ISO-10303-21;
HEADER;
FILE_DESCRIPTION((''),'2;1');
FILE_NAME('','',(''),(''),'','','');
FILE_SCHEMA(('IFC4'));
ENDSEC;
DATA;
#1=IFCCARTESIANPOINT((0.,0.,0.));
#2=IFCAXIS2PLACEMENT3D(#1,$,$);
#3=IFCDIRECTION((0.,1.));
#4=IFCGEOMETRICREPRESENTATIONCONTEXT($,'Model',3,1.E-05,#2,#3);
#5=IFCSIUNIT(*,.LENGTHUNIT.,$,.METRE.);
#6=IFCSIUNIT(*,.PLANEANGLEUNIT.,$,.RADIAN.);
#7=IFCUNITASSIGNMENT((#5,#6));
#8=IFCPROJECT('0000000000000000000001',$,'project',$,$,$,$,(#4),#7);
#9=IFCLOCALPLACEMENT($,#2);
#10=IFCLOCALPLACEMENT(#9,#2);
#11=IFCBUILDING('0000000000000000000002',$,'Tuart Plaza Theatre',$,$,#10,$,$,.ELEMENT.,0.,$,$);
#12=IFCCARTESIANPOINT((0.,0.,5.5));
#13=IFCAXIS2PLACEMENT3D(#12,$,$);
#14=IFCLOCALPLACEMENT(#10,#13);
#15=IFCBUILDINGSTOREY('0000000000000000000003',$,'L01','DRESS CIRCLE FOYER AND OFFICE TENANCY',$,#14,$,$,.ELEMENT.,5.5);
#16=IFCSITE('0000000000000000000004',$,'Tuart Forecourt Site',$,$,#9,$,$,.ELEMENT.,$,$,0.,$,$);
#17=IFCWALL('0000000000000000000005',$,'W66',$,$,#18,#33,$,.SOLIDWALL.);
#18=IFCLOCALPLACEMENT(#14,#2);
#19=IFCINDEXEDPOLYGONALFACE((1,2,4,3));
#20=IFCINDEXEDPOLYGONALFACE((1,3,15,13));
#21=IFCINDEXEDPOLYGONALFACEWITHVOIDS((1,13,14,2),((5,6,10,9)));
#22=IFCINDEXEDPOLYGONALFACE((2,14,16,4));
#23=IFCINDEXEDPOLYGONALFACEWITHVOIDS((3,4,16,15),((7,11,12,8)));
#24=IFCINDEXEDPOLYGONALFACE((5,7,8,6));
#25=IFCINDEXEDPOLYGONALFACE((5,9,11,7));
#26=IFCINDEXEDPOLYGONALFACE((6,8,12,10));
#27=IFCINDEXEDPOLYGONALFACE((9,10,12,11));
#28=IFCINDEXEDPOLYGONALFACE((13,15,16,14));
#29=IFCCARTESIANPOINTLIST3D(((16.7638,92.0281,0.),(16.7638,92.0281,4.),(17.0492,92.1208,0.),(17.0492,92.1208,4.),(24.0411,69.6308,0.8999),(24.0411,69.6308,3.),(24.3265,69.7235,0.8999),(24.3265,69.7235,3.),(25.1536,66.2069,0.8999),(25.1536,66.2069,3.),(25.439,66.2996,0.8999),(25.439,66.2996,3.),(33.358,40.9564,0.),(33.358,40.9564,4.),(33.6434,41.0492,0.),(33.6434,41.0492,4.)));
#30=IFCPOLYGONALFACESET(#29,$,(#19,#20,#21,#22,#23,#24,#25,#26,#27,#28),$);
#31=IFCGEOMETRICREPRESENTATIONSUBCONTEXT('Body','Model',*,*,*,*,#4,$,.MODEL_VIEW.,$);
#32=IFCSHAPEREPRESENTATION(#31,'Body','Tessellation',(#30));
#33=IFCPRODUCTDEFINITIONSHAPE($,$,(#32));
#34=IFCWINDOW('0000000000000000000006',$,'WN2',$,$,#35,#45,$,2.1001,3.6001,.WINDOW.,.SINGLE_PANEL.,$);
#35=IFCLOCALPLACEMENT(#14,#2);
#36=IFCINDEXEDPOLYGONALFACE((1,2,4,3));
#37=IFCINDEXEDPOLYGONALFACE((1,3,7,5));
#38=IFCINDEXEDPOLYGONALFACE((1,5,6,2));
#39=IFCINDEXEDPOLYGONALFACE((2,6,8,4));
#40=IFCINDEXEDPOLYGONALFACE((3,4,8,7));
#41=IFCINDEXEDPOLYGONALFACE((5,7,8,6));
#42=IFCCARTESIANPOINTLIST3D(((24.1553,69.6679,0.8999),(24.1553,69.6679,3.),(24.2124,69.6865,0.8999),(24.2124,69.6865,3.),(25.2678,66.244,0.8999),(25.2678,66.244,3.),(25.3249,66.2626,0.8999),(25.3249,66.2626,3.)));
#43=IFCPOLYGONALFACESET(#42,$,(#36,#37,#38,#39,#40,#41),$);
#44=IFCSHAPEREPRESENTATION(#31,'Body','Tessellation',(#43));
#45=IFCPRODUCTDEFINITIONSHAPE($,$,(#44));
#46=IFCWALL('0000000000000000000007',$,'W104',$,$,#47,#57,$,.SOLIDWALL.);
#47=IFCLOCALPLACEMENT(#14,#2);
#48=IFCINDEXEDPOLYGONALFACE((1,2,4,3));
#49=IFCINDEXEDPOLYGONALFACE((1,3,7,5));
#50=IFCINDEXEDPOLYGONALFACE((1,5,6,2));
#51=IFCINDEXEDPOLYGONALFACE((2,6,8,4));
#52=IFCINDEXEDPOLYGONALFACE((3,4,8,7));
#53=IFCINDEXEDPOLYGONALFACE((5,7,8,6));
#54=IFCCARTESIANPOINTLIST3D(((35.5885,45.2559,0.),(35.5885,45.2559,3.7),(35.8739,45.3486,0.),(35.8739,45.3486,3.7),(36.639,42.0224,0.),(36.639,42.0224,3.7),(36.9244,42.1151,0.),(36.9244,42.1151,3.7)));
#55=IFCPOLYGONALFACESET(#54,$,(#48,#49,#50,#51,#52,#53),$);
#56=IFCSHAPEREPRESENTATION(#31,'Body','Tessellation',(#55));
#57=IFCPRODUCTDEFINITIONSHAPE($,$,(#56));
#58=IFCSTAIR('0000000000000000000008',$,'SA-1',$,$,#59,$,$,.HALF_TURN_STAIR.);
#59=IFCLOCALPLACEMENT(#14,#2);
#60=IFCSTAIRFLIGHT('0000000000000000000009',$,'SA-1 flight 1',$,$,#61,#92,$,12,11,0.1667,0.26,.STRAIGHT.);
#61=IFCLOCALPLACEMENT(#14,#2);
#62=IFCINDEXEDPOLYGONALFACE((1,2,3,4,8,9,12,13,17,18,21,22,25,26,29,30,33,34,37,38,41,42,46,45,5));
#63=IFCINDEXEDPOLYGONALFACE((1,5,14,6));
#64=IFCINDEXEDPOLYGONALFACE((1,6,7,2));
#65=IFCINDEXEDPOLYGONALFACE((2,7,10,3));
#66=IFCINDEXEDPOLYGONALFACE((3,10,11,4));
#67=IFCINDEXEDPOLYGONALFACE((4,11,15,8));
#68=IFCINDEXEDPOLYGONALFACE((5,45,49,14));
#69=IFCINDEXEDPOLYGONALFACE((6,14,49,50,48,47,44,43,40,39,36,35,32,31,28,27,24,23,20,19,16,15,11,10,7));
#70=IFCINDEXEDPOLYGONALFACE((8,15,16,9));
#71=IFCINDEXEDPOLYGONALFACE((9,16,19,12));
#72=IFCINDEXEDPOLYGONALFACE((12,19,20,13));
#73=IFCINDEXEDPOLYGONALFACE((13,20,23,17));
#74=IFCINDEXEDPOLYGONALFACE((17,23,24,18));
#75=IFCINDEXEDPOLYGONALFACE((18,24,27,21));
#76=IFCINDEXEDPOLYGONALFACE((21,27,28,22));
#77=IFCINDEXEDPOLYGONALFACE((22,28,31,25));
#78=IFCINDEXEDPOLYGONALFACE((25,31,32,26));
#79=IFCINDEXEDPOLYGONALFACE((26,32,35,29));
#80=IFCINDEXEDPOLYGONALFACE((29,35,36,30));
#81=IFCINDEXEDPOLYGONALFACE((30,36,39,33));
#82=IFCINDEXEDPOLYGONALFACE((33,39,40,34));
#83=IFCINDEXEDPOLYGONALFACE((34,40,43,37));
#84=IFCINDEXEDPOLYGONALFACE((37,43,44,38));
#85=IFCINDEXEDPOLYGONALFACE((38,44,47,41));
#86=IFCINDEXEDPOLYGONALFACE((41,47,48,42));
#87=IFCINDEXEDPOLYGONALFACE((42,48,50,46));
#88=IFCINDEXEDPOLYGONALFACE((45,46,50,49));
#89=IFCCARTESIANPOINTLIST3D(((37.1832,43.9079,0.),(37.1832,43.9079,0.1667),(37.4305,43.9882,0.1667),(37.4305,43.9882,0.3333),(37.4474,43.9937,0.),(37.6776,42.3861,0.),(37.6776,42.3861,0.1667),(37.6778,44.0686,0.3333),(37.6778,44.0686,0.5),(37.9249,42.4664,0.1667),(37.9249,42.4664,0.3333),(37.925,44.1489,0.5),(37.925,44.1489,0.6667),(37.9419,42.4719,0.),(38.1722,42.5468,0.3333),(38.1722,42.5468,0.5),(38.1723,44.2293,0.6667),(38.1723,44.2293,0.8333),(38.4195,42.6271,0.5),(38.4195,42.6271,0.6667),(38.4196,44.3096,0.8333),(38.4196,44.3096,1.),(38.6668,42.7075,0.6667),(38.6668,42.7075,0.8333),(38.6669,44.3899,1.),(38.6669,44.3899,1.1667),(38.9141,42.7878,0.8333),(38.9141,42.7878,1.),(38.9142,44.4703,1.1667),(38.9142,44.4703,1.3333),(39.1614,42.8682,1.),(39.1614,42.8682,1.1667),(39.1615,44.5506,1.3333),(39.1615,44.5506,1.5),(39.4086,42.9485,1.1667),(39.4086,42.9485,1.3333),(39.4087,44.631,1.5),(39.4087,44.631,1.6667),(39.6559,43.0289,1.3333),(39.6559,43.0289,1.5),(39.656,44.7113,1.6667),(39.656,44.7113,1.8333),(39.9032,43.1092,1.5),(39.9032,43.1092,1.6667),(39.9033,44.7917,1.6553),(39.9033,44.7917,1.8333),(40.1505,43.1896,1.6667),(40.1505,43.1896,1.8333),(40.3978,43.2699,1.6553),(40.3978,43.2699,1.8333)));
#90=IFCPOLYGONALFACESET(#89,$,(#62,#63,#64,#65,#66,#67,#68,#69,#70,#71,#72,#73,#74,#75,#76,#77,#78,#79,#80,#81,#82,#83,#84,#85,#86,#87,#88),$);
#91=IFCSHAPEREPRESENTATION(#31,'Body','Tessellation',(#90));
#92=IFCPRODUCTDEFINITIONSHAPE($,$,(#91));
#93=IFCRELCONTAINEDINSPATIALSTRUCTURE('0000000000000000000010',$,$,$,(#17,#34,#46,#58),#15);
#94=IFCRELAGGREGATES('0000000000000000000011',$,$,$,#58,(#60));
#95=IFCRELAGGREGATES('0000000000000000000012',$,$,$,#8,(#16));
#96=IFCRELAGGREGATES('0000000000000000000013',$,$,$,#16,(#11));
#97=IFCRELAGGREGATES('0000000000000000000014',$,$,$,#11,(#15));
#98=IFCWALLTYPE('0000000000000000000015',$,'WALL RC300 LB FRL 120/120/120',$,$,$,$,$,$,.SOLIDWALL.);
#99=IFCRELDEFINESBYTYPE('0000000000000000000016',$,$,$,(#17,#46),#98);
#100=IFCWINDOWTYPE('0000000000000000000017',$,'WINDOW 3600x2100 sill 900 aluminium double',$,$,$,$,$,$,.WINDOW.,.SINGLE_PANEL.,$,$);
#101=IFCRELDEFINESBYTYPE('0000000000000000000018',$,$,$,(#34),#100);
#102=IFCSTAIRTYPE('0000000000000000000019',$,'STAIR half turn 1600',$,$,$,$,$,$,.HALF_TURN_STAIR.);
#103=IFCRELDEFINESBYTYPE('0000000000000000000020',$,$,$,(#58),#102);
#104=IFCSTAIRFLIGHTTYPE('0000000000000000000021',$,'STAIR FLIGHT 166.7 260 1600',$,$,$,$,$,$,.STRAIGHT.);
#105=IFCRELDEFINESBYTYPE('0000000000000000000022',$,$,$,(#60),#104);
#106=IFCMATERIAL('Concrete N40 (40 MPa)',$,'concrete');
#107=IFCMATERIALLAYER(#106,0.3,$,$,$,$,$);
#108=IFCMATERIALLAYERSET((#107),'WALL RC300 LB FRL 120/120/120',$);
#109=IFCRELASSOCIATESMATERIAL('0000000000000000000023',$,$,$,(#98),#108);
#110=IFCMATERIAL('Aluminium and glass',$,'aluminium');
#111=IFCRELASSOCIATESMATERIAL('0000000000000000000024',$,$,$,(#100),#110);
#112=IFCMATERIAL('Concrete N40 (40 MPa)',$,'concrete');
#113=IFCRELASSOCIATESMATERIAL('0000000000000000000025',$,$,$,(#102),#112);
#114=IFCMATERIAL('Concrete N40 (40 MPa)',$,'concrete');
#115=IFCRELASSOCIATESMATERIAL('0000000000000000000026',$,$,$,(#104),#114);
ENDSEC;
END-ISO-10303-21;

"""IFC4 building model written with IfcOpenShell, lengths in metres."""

from ifc_helpers import new_model, si_unit, direction, frame, frame_2d, origin, place, context, subcontext, project, spatial, polyline, rectangle, outline, extrude, material, layer, layer_set, type_object, element, fill, aggregate, save


model = new_model("IFC4")

# Units and contexts
model_context = context("Model", 3, precision=1e-05, world=origin(), true_north=direction((0.0, 1.0)))
body_context = subcontext(model_context, "Body", "Model", "MODEL_VIEW")
ifc_project = project(units=[si_unit("LENGTHUNIT", "METRE"), si_unit("PLANEANGLEUNIT", "RADIAN")], contexts=[model_context])

# Site, building, storey
site_placement = place(None, origin())
site = spatial("IfcSite", under=ifc_project, at=site_placement, Name="Tuart Forecourt Site", CompositionType="ELEMENT", RefElevation=0.0)
building_placement = place(site_placement, origin())
building = spatial("IfcBuilding", under=site, at=building_placement, Name="Tuart Plaza Theatre", CompositionType="ELEMENT", ElevationOfRefHeight=0.0)
storey_placement = place(building_placement, frame((0.0, 0.0, 5.5)))
storey = spatial("IfcBuildingStorey", under=building, at=storey_placement, Name="L01", Description="DRESS CIRCLE FOYER AND OFFICE TENANCY", CompositionType="ELEMENT", Elevation=5.5)

# Wall, opening, window
ifc_material_1 = material(Name="Concrete N40 (40 MPa)", Category="concrete")
ifc_layer_1 = layer(ifc_material_1, 0.3)
ifc_layer_set_1 = layer_set([ifc_layer_1], Name="WALL RC300 LB FRL 120/120/120")
wall_type_1 = type_object("IfcWallType", Name="WALL RC300 LB FRL 120/120/120", PredefinedType="SOLIDWALL", material=ifc_layer_set_1)
wall_1_placement = place(storey_placement, frame((33.5007, 41.0027, 0.0), z_axis=(0.0, 0.0, 1.0), x_axis=(-0.309017, 0.951056, 0.0)))
wall_1 = element("IfcWall", 1, at=wall_1_placement, inside=storey, type_object=wall_type_1, Name="W66", PredefinedType="SOLIDWALL", context=body_context, shape_type="SweptSolid", body=[
    extrude(rectangle(XDim=53.7, YDim=0.3, at=frame_2d((26.8501, 0.0))), origin(), (0.0, 0.0, 1.0), 4.0),
])
opening_1_placement = place(wall_1_placement, frame((26.55, 0.0, 0.8999)))
opening_1 = element("IfcOpeningElement", 2, at=opening_1_placement, cuts=wall_1, PredefinedType="OPENING", context=body_context, shape_type="SweptSolid", body=[
    extrude(rectangle(XDim=3.6001, YDim=2.1001, at=frame_2d((1.8, 1.05))), frame((0.0, 0.1599, 0.0), z_axis=(0.0, -1.0, 0.0), x_axis=(1.0, 0.0, 0.0)), (0.0, 0.0, 1.0), 0.3201),
])
ifc_material_2 = material(Name="Aluminium and glass", Category="aluminium")
window_type = type_object("IfcWindowType", Name="WINDOW 3600x2100 sill 900 aluminium double", PartitioningType="SINGLE_PANEL", PredefinedType="WINDOW", material=ifc_material_2)
window_placement = place(opening_1_placement, origin())
window = element("IfcWindow", 3, at=window_placement, inside=storey, type_object=window_type, Name="WN2", OverallHeight=2.1001, OverallWidth=3.6001, PartitioningType="SINGLE_PANEL", PredefinedType="WINDOW", context=body_context, shape_type="SweptSolid", body=[
    extrude(rectangle(XDim=3.6001, YDim=2.1001, at=frame_2d((1.8, 1.05))), frame((0.0, 0.03, 0.0), z_axis=(0.0, -1.0, 0.0), x_axis=(1.0, 0.0, 0.0)), (0.0, 0.0, 1.0), 0.0601),
])
fill(opening_1, window)

# Wall
wall_2_placement = place(storey_placement, frame((35.7312, 45.3022, 0.0), z_axis=(0.0, 0.0, 1.0), x_axis=(0.308981, -0.951068, 0.0)))
element("IfcWall", 4, at=wall_2_placement, inside=storey, type_object=wall_type_1, Name="W104", PredefinedType="SOLIDWALL", context=body_context, shape_type="SweptSolid", body=[
    extrude(rectangle(XDim=3.3999, YDim=0.3, at=frame_2d((1.7, 0.0))), origin(), (0.0, 0.0, 1.0), 3.7),
])

# Stair, stair flight
ifc_material_3 = material(Name="Concrete N40 (40 MPa)", Category="concrete")
stair_type = type_object("IfcStairType", Name="STAIR half turn 1600", PredefinedType="HALF_TURN_STAIR", material=ifc_material_3)
stair_placement = place(storey_placement, origin())
stair = element("IfcStair", 5, at=stair_placement, inside=storey, type_object=stair_type, Name="SA-1", PredefinedType="HALF_TURN_STAIR")
ifc_material_4 = material(Name="Concrete N40 (40 MPa)", Category="concrete")
stair_flight_type = type_object("IfcStairFlightType", Name="STAIR FLIGHT 166.7 260 1600", PredefinedType="STRAIGHT", material=ifc_material_4)
stair_flight_placement = place(storey_placement, frame((37.4304, 43.147, 0.0), z_axis=(0.0, 0.0, 1.0), x_axis=(0.951057, 0.309017, 0.0)))
stair_flight = element("IfcStairFlight", 6, at=stair_flight_placement, type_object=stair_flight_type, Name="SA-1 flight 1", NumberOfRisers=12, NumberOfTreads=11, PredefinedType="STRAIGHT", RiserHeight=0.1667, TreadLength=0.26, context=body_context, shape_type="SweptSolid", body=[
    extrude(outline(polyline([(0.0, 0.0), (0.0, 0.1667), (0.26, 0.1667), (0.26, 0.3333), (0.52, 0.3333), (0.52, 0.5), (0.78, 0.5), (0.78, 0.6667), (1.04, 0.6667), (1.04, 0.8333), (1.3, 0.8333), (1.3, 1.0), (1.5601, 1.0), (1.5601, 1.1667), (1.8201, 1.1667), (1.8201, 1.3333), (2.0801, 1.3333), (2.0801, 1.5), (2.3401, 1.5), (2.3401, 1.6667), (2.6001, 1.6667), (2.6001, 1.8333), (2.8601, 1.8333), (2.8601, 2.0), (2.8601, 1.6553), (0.2778, 0.0), (0.0, 0.0)])), frame((0.0, 0.8, 0.0), z_axis=(0.0, -1.0, 0.0), x_axis=(1.0, 0.0, 0.0)), (0.0, 0.0, 1.0), 1.6001),
])
aggregate(stair, [stair_flight])

save(model, "model.ifc")
